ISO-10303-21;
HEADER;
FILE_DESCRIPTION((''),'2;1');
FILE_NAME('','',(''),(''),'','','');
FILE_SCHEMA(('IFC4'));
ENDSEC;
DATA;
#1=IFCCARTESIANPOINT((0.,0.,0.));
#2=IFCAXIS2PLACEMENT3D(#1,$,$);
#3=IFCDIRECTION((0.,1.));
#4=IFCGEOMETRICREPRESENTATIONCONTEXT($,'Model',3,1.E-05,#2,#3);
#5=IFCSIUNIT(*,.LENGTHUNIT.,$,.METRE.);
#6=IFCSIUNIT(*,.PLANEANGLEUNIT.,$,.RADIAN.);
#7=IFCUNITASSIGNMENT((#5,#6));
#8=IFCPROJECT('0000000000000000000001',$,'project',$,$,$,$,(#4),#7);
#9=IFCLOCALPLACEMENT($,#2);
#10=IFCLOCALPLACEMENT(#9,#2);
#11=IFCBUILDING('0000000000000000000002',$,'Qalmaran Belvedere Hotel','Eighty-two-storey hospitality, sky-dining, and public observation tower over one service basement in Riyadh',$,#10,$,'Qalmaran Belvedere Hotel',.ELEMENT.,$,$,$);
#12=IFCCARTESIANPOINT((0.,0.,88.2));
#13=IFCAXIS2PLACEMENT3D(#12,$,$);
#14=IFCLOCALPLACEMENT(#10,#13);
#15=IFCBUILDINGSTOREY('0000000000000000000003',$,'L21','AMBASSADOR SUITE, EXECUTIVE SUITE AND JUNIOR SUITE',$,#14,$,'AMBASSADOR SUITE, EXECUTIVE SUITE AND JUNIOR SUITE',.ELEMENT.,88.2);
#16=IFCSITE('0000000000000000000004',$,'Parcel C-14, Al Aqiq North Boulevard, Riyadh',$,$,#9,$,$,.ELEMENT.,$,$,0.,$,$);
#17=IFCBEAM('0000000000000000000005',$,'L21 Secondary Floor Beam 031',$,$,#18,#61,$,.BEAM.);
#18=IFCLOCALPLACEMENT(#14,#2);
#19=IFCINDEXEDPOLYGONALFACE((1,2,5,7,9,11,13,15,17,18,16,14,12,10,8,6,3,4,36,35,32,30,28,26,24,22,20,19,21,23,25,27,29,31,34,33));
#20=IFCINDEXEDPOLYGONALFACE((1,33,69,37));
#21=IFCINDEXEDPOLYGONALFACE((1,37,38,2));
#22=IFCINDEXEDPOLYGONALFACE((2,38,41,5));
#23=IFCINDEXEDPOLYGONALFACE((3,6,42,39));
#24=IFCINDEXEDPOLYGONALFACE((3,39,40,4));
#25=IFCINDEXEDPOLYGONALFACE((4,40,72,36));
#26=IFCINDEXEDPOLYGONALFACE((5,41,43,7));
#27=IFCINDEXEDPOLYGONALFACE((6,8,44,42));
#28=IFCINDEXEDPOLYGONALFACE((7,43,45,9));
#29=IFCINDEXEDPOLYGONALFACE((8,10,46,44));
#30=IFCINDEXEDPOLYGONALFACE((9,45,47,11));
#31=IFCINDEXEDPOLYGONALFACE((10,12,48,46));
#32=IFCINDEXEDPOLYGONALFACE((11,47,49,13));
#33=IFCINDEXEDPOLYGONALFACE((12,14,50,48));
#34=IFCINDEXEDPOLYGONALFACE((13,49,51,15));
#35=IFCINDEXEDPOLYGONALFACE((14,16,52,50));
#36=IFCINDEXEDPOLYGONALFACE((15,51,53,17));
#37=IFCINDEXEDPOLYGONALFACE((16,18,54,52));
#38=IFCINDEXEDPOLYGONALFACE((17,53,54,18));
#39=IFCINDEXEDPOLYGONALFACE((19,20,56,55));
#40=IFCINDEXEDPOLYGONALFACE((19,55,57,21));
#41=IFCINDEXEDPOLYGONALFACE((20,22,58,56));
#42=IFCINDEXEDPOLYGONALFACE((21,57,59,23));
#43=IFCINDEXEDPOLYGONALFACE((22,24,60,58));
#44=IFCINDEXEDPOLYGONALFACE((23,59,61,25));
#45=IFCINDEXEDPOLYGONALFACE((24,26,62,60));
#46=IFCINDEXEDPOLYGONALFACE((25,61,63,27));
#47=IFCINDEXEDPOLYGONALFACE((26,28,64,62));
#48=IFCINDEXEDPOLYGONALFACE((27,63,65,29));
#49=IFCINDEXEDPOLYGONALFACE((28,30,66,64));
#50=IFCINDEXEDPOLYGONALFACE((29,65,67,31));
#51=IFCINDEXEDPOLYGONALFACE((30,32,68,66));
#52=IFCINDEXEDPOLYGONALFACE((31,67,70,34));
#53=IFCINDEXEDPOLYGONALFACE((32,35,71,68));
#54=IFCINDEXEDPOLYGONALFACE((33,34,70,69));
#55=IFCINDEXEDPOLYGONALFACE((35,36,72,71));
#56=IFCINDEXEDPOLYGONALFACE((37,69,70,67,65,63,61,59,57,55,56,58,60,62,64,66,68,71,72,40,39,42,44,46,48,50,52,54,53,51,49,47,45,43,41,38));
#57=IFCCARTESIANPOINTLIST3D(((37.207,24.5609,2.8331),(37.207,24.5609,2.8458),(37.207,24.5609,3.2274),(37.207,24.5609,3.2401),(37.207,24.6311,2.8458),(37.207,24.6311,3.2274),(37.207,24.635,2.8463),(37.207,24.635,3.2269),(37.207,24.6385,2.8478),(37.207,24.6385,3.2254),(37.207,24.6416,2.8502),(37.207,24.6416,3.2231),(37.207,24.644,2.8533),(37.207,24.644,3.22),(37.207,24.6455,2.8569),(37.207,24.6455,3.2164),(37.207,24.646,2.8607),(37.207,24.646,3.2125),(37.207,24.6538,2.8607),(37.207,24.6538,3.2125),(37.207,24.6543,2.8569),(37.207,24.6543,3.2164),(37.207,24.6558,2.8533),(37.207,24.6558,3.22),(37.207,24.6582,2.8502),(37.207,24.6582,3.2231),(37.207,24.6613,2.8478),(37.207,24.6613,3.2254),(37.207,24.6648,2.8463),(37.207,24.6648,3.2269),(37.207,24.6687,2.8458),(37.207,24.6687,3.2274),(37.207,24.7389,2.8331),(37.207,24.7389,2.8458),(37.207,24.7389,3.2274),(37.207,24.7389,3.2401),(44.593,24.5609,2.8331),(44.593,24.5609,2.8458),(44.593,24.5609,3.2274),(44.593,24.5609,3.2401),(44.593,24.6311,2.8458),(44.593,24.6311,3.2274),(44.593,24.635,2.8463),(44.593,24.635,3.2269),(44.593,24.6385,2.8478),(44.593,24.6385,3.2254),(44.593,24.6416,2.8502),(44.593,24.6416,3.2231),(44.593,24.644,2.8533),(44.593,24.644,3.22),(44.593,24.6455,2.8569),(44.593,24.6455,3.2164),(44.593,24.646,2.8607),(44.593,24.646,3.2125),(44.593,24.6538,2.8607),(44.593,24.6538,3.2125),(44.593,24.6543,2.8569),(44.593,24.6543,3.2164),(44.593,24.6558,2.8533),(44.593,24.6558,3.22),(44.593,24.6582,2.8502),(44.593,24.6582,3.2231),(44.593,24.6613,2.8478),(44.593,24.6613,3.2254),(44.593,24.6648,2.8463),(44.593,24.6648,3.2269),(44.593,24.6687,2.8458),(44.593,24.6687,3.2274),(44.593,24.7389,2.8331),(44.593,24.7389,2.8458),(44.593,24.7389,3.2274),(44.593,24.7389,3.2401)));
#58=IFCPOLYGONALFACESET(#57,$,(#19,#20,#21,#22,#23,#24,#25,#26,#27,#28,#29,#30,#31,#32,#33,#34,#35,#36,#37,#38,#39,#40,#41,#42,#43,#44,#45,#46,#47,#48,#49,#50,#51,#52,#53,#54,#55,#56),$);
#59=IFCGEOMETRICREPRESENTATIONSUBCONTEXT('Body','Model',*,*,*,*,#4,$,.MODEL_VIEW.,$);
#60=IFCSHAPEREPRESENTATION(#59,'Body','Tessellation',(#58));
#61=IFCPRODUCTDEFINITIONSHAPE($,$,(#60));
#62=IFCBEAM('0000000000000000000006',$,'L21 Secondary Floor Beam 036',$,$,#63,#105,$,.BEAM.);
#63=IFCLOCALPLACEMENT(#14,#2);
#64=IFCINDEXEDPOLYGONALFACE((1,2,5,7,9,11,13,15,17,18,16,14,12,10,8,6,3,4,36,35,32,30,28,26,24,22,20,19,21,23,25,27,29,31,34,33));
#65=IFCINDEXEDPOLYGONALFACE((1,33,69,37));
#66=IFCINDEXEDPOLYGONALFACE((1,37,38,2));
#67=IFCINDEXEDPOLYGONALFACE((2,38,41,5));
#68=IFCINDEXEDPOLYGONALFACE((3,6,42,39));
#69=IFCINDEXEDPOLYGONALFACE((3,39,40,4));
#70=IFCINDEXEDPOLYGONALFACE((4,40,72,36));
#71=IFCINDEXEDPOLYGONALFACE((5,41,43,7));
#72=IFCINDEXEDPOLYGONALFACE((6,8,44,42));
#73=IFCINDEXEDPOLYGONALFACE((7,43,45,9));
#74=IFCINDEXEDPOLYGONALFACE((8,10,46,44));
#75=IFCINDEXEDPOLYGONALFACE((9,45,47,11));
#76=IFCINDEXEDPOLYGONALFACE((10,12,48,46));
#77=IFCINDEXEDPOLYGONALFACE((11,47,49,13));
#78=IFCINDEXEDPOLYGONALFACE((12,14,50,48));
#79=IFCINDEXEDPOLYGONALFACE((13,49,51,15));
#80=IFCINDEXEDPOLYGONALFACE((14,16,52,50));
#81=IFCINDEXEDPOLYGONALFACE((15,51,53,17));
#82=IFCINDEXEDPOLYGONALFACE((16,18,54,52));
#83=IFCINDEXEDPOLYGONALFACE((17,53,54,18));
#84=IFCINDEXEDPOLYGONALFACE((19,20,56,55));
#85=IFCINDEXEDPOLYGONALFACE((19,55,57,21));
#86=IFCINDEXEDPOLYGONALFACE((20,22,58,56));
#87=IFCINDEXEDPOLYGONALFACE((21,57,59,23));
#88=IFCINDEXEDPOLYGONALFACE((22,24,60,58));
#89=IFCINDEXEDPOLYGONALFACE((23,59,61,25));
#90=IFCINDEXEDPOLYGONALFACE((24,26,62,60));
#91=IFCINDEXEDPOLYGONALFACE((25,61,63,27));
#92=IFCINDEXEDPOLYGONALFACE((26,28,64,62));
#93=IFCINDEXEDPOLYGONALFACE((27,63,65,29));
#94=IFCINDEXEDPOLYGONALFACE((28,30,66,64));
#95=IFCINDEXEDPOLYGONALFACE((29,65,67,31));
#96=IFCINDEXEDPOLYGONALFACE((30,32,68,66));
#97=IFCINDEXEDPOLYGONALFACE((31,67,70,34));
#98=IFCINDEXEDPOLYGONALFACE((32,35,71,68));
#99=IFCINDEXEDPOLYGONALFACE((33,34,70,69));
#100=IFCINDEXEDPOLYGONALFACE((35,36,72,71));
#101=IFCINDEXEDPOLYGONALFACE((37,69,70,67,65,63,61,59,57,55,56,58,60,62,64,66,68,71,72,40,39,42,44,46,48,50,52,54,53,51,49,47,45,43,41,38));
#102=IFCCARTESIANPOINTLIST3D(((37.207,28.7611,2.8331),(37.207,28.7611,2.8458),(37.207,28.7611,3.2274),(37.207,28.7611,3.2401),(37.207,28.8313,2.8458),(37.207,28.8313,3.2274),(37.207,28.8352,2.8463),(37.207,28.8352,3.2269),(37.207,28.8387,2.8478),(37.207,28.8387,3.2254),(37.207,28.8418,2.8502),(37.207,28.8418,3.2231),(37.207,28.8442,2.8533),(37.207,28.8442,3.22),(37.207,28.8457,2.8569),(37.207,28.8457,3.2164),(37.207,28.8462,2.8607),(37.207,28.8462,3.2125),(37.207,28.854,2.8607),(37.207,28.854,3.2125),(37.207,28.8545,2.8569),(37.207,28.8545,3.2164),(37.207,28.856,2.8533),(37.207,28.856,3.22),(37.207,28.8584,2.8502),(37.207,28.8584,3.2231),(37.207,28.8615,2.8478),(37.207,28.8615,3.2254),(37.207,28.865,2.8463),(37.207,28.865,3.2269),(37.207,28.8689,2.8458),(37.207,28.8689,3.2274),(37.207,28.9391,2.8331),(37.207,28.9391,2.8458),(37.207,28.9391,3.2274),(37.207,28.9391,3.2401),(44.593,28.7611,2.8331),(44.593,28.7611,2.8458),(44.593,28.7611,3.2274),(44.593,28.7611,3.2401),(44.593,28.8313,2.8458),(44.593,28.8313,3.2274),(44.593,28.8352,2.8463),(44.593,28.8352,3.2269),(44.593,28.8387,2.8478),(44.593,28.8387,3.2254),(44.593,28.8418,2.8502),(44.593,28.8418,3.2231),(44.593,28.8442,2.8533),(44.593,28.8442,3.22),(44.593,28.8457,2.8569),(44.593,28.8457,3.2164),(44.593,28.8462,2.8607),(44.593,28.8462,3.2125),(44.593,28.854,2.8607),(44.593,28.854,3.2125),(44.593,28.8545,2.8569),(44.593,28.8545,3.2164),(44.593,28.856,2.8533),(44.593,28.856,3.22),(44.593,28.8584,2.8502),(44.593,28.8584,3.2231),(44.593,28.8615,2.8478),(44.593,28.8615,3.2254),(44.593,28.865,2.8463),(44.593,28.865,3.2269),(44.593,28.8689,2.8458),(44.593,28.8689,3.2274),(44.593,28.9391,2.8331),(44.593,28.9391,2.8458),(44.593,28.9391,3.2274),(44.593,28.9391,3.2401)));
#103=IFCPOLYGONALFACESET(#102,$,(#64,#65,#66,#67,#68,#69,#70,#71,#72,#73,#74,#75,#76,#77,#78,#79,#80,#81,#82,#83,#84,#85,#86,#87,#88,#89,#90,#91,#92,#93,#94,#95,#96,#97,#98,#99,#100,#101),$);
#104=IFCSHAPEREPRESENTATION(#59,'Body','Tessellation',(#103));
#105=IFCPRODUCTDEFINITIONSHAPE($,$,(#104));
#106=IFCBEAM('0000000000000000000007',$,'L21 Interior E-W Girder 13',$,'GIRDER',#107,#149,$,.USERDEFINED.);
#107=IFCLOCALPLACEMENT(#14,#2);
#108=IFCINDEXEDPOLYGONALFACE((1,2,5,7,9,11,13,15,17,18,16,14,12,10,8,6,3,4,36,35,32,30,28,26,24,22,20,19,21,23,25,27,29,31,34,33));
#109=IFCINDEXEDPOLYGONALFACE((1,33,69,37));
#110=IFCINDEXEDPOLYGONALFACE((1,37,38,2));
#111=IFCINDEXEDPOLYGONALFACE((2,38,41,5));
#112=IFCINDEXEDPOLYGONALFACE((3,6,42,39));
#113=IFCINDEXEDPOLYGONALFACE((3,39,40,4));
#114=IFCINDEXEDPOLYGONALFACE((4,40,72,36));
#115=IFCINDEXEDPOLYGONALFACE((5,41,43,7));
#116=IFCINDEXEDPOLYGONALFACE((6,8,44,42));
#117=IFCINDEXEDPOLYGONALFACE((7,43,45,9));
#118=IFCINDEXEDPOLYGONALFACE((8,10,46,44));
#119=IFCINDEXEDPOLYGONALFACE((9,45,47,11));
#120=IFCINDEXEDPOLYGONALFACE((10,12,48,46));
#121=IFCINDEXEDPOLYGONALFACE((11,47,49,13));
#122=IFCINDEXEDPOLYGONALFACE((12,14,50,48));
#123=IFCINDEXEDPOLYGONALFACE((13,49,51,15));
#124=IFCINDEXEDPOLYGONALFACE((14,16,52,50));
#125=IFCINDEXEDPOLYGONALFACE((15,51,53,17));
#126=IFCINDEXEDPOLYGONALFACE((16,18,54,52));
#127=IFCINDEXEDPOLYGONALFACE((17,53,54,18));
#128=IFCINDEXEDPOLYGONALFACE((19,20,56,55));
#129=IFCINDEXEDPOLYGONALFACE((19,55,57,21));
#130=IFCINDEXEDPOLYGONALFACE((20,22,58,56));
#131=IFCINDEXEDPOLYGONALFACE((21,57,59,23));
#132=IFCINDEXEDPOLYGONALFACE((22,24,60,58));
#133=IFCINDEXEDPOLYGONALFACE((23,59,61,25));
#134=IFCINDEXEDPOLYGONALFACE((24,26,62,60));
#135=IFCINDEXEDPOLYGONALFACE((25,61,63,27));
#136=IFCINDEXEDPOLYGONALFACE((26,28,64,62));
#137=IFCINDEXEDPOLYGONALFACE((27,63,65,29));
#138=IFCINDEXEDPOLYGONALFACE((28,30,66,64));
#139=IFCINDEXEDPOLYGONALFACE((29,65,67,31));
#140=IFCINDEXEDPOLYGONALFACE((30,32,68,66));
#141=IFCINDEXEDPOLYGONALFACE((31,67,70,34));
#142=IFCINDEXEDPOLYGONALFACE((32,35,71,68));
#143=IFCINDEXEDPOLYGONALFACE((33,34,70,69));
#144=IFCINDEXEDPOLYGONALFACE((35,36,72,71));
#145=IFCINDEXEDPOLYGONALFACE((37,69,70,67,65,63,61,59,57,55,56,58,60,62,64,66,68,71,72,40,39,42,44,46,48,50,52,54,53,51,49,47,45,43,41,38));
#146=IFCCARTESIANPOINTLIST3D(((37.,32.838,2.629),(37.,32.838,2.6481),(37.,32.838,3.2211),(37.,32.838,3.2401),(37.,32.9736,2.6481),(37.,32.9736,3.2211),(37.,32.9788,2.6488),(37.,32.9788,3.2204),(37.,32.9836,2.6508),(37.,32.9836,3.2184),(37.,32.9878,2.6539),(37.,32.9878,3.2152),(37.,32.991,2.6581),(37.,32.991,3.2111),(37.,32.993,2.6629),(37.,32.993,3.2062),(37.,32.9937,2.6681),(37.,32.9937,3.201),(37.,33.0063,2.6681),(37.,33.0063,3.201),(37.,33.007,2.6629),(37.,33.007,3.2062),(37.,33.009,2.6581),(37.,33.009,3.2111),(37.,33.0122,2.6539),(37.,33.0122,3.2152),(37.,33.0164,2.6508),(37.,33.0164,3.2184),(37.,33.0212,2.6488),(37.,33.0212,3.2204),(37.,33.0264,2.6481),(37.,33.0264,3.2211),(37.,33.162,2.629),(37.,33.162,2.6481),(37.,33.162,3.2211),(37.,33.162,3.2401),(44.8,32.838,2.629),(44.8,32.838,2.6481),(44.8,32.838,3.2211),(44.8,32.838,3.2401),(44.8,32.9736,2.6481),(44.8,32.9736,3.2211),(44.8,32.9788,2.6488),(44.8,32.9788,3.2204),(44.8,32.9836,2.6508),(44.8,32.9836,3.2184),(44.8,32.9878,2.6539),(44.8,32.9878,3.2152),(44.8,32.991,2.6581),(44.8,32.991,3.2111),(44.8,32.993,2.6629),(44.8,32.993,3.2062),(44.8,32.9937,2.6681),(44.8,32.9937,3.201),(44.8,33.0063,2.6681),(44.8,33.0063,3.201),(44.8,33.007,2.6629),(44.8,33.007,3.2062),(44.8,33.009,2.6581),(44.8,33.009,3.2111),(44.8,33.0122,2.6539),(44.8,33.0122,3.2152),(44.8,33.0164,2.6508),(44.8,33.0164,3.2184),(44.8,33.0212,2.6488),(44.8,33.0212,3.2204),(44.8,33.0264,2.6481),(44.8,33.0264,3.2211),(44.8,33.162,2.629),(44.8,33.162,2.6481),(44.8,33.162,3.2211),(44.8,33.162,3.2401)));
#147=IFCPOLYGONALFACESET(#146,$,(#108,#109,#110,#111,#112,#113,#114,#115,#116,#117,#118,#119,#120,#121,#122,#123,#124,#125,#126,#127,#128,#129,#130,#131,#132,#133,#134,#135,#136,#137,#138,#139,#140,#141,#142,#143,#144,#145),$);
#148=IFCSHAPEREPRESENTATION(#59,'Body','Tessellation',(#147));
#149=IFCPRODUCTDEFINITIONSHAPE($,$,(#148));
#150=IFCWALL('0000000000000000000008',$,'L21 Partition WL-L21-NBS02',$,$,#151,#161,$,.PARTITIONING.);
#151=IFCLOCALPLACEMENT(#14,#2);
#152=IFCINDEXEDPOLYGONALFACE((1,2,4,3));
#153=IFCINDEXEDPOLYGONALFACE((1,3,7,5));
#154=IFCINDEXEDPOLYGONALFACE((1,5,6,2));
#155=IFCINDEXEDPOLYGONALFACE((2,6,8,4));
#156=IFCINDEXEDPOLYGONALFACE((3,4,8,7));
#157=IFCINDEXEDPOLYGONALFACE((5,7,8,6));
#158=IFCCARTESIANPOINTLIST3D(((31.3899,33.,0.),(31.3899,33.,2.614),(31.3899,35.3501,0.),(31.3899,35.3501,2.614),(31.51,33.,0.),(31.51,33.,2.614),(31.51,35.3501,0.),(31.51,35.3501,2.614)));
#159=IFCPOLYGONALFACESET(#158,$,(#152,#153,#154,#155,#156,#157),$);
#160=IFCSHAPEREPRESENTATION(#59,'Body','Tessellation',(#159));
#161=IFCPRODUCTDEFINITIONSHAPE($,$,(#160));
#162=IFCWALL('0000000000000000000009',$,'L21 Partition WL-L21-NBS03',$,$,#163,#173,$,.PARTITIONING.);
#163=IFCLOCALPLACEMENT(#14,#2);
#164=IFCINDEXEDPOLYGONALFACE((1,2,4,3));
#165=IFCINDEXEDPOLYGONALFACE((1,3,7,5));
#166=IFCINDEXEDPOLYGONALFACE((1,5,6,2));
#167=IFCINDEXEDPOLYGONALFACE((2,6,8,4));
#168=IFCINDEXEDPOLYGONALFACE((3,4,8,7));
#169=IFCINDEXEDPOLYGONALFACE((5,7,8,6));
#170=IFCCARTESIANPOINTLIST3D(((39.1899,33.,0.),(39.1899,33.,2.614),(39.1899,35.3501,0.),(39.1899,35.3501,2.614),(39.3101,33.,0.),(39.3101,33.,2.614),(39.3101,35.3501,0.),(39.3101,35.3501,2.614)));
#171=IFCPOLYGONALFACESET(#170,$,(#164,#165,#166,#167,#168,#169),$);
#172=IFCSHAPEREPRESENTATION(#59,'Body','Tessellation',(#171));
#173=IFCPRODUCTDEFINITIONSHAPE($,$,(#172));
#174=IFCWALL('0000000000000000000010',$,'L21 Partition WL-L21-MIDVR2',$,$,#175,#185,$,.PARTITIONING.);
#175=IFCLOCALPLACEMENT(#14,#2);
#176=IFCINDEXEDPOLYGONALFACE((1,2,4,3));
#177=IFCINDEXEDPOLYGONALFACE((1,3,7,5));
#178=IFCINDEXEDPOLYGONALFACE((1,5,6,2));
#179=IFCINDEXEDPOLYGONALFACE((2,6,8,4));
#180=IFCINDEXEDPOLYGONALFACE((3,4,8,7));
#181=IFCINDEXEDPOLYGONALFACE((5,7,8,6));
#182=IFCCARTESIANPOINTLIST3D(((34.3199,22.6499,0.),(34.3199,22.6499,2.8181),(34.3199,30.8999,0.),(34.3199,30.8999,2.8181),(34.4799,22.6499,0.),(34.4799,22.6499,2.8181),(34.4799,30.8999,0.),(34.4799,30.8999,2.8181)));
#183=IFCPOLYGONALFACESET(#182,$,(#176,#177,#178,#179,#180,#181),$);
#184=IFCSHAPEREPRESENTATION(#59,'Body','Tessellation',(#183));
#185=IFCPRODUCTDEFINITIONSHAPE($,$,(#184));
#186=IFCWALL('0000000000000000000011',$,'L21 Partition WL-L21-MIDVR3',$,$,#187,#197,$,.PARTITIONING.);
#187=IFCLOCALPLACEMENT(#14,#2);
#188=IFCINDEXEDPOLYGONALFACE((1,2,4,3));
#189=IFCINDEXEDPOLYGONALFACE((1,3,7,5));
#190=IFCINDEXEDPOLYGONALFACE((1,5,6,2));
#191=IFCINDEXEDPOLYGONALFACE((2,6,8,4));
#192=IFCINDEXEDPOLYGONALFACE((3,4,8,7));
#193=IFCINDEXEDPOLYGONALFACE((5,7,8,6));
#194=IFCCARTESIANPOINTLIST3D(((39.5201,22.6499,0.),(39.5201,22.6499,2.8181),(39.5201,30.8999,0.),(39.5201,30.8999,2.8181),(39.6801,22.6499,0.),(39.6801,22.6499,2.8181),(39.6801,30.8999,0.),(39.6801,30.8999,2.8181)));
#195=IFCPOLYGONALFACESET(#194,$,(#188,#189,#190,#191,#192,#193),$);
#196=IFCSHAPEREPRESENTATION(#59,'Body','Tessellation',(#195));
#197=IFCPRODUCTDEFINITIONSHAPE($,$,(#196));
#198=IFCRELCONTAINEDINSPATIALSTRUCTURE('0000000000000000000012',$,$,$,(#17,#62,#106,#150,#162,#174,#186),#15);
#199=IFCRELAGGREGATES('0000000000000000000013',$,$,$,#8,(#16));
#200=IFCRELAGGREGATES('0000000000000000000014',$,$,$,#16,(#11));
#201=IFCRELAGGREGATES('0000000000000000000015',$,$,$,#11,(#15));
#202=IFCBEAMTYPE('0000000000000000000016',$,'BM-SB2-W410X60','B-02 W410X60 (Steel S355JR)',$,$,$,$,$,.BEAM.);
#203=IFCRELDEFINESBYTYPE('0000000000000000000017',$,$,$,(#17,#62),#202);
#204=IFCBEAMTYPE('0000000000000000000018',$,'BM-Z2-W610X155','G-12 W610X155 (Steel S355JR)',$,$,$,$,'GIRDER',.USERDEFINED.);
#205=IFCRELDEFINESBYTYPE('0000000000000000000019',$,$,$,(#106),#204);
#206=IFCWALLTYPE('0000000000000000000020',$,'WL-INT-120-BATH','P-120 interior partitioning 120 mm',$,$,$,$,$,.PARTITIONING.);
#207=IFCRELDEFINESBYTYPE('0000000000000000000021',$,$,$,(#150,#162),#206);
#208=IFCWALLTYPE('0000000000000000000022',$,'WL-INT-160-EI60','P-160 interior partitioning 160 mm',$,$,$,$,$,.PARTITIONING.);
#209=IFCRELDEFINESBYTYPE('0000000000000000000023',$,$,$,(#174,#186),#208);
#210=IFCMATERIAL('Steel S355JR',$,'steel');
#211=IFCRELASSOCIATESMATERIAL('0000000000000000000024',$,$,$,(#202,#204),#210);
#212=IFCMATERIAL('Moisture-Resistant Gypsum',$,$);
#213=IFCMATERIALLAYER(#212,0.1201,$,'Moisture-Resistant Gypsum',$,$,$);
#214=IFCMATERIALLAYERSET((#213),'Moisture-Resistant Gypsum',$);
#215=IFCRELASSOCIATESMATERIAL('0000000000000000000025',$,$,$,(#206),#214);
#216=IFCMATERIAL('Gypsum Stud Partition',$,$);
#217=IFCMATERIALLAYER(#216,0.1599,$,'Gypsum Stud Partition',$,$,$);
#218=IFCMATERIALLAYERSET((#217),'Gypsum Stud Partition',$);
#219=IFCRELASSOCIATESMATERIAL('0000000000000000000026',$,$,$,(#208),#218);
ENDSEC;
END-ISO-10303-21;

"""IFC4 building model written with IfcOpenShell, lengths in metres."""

from ifc_helpers import new_model, si_unit, direction, frame, frame_2d, origin, origin_2d, place, context, subcontext, project, spatial, rectangle, i_section, extrude, material, layer, layer_set, material_profile, profile_set, type_object, element, save


model = new_model("IFC4")

# Units and contexts
model_context = context("Model", 3, precision=1e-05, world=origin(), true_north=direction((0.0, 1.0)))
body_context = subcontext(model_context, "Body", "Model", "MODEL_VIEW")
ifc_project = project(units=[si_unit("LENGTHUNIT", "METRE"), si_unit("PLANEANGLEUNIT", "RADIAN")], contexts=[model_context])

# Site, building, storey
site_placement = place(None, origin())
site = spatial("IfcSite", under=ifc_project, at=site_placement, Name="Parcel C-14, Al Aqiq North Boulevard, Riyadh", CompositionType="ELEMENT", RefElevation=0.0)
building_placement = place(site_placement, origin())
building = spatial("IfcBuilding", under=site, at=building_placement, Name="Qalmaran Belvedere Hotel", Description="Eighty-two-storey hospitality, sky-dining, and public observation tower over one service basement in Riyadh", LongName="Qalmaran Belvedere Hotel", CompositionType="ELEMENT")
storey_placement = place(building_placement, frame((0.0, 0.0, 88.2)))
storey = spatial("IfcBuildingStorey", under=building, at=storey_placement, Name="L21", Description="AMBASSADOR SUITE, EXECUTIVE SUITE AND JUNIOR SUITE", LongName="AMBASSADOR SUITE, EXECUTIVE SUITE AND JUNIOR SUITE", CompositionType="ELEMENT", Elevation=88.2)

# Beams
ifc_material_1 = material(Name="Steel S355JR", Category="steel")
ifc_material_profile_1 = material_profile(ifc_material_1, i_section(OverallWidth=0.178, OverallDepth=0.407, WebThickness=0.0078, FlangeThickness=0.0127, FilletRadius=0.0149, at=origin_2d()), Name="W410X60")
ifc_profile_set_1 = profile_set([ifc_material_profile_1], Name="Steel S355JR")
beam_type_1 = type_object("IfcBeamType", Name="BM-SB2-W410X60", Description="B-02 W410X60 (Steel S355JR)", PredefinedType="BEAM", material=ifc_profile_set_1)
for number, where, z_axis, x_axis, name in (
    (1, (37.207, 24.6499, 3.0366), (1.0, 0.0, 0.0), (0.0, 1.0, 0.0), "L21 Secondary Floor Beam 031"),
    (2, (37.207, 28.8501, 3.0366), (1.0, 0.0, 0.0), (0.0, 1.0, 0.0), "L21 Secondary Floor Beam 036"),
):
    element("IfcBeam", number, at=place(storey_placement, frame(where, z_axis=z_axis, x_axis=x_axis)), inside=storey, type_object=beam_type_1, Name=name, PredefinedType="BEAM", context=body_context, shape_type="SweptSolid", body=[
        extrude(i_section(OverallWidth=0.178, OverallDepth=0.407, WebThickness=0.0078, FlangeThickness=0.0127, FilletRadius=0.0149, at=origin_2d()), origin(), (0.0, 0.0, 1.0), 7.386),
    ])
ifc_material_profile_2 = material_profile(ifc_material_1, i_section(OverallWidth=0.324, OverallDepth=0.6111, WebThickness=0.0127, FlangeThickness=0.019, FilletRadius=0.02, at=origin_2d()), Name="W610X155")
ifc_profile_set_2 = profile_set([ifc_material_profile_2], Name="Steel S355JR")
beam_type_2 = type_object("IfcBeamType", Name="BM-Z2-W610X155", Description="G-12 W610X155 (Steel S355JR)", ElementType="GIRDER", PredefinedType="USERDEFINED", material=ifc_profile_set_2)
beam_1_placement = place(storey_placement, frame((37.0, 33.0, 2.9346), z_axis=(1.0, 0.0, 0.0), x_axis=(0.0, 1.0, 0.0)))
element("IfcBeam", 3, at=beam_1_placement, inside=storey, type_object=beam_type_2, Name="L21 Interior E-W Girder 13", ObjectType="GIRDER", PredefinedType="USERDEFINED", context=body_context, shape_type="SweptSolid", body=[
    extrude(i_section(OverallWidth=0.324, OverallDepth=0.6111, WebThickness=0.0127, FlangeThickness=0.019, FilletRadius=0.02, at=origin_2d()), origin(), (0.0, 0.0, 1.0), 7.8),
])

# Walls
ifc_material_2 = material(Name="Moisture-Resistant Gypsum")
ifc_layer_1 = layer(ifc_material_2, 0.1201, Name="Moisture-Resistant Gypsum")
ifc_layer_set_1 = layer_set([ifc_layer_1], Name="Moisture-Resistant Gypsum")
wall_type_1 = type_object("IfcWallType", Name="WL-INT-120-BATH", Description="P-120 interior partitioning 120 mm", PredefinedType="PARTITIONING", material=ifc_layer_set_1)
for number, where, z_axis, x_axis, name in (
    (4, (31.45, 33.0, 0.0), (0.0, 0.0, 1.0), (0.0, 1.0, 0.0), "L21 Partition WL-L21-NBS02"),
    (5, (39.25, 33.0, 0.0), (0.0, 0.0, 1.0), (0.0, 1.0, 0.0), "L21 Partition WL-L21-NBS03"),
):
    element("IfcWall", number, at=place(storey_placement, frame(where, z_axis=z_axis, x_axis=x_axis)), inside=storey, type_object=wall_type_1, Name=name, PredefinedType="PARTITIONING", context=body_context, shape_type="SweptSolid", body=[
        extrude(rectangle(XDim=2.3501, YDim=0.1201, at=frame_2d((1.175, 0.0))), origin(), (0.0, 0.0, 1.0), 2.614),
    ])
ifc_material_3 = material(Name="Gypsum Stud Partition")
ifc_layer_2 = layer(ifc_material_3, 0.1599, Name="Gypsum Stud Partition")
ifc_layer_set_2 = layer_set([ifc_layer_2], Name="Gypsum Stud Partition")
wall_type_2 = type_object("IfcWallType", Name="WL-INT-160-EI60", Description="P-160 interior partitioning 160 mm", PredefinedType="PARTITIONING", material=ifc_layer_set_2)
for number, where, z_axis, x_axis, name in (
    (6, (34.3999, 22.6499, 0.0), (0.0, 0.0, 1.0), (0.0, 1.0, 0.0), "L21 Partition WL-L21-MIDVR2"),
    (7, (39.6001, 22.6499, 0.0), (0.0, 0.0, 1.0), (0.0, 1.0, 0.0), "L21 Partition WL-L21-MIDVR3"),
):
    element("IfcWall", number, at=place(storey_placement, frame(where, z_axis=z_axis, x_axis=x_axis)), inside=storey, type_object=wall_type_2, Name=name, PredefinedType="PARTITIONING", context=body_context, shape_type="SweptSolid", body=[
        extrude(rectangle(XDim=8.25, YDim=0.1599, at=frame_2d((4.125, 0.0))), origin(), (0.0, 0.0, 1.0), 2.8181),
    ])

save(model, "model.ifc")
